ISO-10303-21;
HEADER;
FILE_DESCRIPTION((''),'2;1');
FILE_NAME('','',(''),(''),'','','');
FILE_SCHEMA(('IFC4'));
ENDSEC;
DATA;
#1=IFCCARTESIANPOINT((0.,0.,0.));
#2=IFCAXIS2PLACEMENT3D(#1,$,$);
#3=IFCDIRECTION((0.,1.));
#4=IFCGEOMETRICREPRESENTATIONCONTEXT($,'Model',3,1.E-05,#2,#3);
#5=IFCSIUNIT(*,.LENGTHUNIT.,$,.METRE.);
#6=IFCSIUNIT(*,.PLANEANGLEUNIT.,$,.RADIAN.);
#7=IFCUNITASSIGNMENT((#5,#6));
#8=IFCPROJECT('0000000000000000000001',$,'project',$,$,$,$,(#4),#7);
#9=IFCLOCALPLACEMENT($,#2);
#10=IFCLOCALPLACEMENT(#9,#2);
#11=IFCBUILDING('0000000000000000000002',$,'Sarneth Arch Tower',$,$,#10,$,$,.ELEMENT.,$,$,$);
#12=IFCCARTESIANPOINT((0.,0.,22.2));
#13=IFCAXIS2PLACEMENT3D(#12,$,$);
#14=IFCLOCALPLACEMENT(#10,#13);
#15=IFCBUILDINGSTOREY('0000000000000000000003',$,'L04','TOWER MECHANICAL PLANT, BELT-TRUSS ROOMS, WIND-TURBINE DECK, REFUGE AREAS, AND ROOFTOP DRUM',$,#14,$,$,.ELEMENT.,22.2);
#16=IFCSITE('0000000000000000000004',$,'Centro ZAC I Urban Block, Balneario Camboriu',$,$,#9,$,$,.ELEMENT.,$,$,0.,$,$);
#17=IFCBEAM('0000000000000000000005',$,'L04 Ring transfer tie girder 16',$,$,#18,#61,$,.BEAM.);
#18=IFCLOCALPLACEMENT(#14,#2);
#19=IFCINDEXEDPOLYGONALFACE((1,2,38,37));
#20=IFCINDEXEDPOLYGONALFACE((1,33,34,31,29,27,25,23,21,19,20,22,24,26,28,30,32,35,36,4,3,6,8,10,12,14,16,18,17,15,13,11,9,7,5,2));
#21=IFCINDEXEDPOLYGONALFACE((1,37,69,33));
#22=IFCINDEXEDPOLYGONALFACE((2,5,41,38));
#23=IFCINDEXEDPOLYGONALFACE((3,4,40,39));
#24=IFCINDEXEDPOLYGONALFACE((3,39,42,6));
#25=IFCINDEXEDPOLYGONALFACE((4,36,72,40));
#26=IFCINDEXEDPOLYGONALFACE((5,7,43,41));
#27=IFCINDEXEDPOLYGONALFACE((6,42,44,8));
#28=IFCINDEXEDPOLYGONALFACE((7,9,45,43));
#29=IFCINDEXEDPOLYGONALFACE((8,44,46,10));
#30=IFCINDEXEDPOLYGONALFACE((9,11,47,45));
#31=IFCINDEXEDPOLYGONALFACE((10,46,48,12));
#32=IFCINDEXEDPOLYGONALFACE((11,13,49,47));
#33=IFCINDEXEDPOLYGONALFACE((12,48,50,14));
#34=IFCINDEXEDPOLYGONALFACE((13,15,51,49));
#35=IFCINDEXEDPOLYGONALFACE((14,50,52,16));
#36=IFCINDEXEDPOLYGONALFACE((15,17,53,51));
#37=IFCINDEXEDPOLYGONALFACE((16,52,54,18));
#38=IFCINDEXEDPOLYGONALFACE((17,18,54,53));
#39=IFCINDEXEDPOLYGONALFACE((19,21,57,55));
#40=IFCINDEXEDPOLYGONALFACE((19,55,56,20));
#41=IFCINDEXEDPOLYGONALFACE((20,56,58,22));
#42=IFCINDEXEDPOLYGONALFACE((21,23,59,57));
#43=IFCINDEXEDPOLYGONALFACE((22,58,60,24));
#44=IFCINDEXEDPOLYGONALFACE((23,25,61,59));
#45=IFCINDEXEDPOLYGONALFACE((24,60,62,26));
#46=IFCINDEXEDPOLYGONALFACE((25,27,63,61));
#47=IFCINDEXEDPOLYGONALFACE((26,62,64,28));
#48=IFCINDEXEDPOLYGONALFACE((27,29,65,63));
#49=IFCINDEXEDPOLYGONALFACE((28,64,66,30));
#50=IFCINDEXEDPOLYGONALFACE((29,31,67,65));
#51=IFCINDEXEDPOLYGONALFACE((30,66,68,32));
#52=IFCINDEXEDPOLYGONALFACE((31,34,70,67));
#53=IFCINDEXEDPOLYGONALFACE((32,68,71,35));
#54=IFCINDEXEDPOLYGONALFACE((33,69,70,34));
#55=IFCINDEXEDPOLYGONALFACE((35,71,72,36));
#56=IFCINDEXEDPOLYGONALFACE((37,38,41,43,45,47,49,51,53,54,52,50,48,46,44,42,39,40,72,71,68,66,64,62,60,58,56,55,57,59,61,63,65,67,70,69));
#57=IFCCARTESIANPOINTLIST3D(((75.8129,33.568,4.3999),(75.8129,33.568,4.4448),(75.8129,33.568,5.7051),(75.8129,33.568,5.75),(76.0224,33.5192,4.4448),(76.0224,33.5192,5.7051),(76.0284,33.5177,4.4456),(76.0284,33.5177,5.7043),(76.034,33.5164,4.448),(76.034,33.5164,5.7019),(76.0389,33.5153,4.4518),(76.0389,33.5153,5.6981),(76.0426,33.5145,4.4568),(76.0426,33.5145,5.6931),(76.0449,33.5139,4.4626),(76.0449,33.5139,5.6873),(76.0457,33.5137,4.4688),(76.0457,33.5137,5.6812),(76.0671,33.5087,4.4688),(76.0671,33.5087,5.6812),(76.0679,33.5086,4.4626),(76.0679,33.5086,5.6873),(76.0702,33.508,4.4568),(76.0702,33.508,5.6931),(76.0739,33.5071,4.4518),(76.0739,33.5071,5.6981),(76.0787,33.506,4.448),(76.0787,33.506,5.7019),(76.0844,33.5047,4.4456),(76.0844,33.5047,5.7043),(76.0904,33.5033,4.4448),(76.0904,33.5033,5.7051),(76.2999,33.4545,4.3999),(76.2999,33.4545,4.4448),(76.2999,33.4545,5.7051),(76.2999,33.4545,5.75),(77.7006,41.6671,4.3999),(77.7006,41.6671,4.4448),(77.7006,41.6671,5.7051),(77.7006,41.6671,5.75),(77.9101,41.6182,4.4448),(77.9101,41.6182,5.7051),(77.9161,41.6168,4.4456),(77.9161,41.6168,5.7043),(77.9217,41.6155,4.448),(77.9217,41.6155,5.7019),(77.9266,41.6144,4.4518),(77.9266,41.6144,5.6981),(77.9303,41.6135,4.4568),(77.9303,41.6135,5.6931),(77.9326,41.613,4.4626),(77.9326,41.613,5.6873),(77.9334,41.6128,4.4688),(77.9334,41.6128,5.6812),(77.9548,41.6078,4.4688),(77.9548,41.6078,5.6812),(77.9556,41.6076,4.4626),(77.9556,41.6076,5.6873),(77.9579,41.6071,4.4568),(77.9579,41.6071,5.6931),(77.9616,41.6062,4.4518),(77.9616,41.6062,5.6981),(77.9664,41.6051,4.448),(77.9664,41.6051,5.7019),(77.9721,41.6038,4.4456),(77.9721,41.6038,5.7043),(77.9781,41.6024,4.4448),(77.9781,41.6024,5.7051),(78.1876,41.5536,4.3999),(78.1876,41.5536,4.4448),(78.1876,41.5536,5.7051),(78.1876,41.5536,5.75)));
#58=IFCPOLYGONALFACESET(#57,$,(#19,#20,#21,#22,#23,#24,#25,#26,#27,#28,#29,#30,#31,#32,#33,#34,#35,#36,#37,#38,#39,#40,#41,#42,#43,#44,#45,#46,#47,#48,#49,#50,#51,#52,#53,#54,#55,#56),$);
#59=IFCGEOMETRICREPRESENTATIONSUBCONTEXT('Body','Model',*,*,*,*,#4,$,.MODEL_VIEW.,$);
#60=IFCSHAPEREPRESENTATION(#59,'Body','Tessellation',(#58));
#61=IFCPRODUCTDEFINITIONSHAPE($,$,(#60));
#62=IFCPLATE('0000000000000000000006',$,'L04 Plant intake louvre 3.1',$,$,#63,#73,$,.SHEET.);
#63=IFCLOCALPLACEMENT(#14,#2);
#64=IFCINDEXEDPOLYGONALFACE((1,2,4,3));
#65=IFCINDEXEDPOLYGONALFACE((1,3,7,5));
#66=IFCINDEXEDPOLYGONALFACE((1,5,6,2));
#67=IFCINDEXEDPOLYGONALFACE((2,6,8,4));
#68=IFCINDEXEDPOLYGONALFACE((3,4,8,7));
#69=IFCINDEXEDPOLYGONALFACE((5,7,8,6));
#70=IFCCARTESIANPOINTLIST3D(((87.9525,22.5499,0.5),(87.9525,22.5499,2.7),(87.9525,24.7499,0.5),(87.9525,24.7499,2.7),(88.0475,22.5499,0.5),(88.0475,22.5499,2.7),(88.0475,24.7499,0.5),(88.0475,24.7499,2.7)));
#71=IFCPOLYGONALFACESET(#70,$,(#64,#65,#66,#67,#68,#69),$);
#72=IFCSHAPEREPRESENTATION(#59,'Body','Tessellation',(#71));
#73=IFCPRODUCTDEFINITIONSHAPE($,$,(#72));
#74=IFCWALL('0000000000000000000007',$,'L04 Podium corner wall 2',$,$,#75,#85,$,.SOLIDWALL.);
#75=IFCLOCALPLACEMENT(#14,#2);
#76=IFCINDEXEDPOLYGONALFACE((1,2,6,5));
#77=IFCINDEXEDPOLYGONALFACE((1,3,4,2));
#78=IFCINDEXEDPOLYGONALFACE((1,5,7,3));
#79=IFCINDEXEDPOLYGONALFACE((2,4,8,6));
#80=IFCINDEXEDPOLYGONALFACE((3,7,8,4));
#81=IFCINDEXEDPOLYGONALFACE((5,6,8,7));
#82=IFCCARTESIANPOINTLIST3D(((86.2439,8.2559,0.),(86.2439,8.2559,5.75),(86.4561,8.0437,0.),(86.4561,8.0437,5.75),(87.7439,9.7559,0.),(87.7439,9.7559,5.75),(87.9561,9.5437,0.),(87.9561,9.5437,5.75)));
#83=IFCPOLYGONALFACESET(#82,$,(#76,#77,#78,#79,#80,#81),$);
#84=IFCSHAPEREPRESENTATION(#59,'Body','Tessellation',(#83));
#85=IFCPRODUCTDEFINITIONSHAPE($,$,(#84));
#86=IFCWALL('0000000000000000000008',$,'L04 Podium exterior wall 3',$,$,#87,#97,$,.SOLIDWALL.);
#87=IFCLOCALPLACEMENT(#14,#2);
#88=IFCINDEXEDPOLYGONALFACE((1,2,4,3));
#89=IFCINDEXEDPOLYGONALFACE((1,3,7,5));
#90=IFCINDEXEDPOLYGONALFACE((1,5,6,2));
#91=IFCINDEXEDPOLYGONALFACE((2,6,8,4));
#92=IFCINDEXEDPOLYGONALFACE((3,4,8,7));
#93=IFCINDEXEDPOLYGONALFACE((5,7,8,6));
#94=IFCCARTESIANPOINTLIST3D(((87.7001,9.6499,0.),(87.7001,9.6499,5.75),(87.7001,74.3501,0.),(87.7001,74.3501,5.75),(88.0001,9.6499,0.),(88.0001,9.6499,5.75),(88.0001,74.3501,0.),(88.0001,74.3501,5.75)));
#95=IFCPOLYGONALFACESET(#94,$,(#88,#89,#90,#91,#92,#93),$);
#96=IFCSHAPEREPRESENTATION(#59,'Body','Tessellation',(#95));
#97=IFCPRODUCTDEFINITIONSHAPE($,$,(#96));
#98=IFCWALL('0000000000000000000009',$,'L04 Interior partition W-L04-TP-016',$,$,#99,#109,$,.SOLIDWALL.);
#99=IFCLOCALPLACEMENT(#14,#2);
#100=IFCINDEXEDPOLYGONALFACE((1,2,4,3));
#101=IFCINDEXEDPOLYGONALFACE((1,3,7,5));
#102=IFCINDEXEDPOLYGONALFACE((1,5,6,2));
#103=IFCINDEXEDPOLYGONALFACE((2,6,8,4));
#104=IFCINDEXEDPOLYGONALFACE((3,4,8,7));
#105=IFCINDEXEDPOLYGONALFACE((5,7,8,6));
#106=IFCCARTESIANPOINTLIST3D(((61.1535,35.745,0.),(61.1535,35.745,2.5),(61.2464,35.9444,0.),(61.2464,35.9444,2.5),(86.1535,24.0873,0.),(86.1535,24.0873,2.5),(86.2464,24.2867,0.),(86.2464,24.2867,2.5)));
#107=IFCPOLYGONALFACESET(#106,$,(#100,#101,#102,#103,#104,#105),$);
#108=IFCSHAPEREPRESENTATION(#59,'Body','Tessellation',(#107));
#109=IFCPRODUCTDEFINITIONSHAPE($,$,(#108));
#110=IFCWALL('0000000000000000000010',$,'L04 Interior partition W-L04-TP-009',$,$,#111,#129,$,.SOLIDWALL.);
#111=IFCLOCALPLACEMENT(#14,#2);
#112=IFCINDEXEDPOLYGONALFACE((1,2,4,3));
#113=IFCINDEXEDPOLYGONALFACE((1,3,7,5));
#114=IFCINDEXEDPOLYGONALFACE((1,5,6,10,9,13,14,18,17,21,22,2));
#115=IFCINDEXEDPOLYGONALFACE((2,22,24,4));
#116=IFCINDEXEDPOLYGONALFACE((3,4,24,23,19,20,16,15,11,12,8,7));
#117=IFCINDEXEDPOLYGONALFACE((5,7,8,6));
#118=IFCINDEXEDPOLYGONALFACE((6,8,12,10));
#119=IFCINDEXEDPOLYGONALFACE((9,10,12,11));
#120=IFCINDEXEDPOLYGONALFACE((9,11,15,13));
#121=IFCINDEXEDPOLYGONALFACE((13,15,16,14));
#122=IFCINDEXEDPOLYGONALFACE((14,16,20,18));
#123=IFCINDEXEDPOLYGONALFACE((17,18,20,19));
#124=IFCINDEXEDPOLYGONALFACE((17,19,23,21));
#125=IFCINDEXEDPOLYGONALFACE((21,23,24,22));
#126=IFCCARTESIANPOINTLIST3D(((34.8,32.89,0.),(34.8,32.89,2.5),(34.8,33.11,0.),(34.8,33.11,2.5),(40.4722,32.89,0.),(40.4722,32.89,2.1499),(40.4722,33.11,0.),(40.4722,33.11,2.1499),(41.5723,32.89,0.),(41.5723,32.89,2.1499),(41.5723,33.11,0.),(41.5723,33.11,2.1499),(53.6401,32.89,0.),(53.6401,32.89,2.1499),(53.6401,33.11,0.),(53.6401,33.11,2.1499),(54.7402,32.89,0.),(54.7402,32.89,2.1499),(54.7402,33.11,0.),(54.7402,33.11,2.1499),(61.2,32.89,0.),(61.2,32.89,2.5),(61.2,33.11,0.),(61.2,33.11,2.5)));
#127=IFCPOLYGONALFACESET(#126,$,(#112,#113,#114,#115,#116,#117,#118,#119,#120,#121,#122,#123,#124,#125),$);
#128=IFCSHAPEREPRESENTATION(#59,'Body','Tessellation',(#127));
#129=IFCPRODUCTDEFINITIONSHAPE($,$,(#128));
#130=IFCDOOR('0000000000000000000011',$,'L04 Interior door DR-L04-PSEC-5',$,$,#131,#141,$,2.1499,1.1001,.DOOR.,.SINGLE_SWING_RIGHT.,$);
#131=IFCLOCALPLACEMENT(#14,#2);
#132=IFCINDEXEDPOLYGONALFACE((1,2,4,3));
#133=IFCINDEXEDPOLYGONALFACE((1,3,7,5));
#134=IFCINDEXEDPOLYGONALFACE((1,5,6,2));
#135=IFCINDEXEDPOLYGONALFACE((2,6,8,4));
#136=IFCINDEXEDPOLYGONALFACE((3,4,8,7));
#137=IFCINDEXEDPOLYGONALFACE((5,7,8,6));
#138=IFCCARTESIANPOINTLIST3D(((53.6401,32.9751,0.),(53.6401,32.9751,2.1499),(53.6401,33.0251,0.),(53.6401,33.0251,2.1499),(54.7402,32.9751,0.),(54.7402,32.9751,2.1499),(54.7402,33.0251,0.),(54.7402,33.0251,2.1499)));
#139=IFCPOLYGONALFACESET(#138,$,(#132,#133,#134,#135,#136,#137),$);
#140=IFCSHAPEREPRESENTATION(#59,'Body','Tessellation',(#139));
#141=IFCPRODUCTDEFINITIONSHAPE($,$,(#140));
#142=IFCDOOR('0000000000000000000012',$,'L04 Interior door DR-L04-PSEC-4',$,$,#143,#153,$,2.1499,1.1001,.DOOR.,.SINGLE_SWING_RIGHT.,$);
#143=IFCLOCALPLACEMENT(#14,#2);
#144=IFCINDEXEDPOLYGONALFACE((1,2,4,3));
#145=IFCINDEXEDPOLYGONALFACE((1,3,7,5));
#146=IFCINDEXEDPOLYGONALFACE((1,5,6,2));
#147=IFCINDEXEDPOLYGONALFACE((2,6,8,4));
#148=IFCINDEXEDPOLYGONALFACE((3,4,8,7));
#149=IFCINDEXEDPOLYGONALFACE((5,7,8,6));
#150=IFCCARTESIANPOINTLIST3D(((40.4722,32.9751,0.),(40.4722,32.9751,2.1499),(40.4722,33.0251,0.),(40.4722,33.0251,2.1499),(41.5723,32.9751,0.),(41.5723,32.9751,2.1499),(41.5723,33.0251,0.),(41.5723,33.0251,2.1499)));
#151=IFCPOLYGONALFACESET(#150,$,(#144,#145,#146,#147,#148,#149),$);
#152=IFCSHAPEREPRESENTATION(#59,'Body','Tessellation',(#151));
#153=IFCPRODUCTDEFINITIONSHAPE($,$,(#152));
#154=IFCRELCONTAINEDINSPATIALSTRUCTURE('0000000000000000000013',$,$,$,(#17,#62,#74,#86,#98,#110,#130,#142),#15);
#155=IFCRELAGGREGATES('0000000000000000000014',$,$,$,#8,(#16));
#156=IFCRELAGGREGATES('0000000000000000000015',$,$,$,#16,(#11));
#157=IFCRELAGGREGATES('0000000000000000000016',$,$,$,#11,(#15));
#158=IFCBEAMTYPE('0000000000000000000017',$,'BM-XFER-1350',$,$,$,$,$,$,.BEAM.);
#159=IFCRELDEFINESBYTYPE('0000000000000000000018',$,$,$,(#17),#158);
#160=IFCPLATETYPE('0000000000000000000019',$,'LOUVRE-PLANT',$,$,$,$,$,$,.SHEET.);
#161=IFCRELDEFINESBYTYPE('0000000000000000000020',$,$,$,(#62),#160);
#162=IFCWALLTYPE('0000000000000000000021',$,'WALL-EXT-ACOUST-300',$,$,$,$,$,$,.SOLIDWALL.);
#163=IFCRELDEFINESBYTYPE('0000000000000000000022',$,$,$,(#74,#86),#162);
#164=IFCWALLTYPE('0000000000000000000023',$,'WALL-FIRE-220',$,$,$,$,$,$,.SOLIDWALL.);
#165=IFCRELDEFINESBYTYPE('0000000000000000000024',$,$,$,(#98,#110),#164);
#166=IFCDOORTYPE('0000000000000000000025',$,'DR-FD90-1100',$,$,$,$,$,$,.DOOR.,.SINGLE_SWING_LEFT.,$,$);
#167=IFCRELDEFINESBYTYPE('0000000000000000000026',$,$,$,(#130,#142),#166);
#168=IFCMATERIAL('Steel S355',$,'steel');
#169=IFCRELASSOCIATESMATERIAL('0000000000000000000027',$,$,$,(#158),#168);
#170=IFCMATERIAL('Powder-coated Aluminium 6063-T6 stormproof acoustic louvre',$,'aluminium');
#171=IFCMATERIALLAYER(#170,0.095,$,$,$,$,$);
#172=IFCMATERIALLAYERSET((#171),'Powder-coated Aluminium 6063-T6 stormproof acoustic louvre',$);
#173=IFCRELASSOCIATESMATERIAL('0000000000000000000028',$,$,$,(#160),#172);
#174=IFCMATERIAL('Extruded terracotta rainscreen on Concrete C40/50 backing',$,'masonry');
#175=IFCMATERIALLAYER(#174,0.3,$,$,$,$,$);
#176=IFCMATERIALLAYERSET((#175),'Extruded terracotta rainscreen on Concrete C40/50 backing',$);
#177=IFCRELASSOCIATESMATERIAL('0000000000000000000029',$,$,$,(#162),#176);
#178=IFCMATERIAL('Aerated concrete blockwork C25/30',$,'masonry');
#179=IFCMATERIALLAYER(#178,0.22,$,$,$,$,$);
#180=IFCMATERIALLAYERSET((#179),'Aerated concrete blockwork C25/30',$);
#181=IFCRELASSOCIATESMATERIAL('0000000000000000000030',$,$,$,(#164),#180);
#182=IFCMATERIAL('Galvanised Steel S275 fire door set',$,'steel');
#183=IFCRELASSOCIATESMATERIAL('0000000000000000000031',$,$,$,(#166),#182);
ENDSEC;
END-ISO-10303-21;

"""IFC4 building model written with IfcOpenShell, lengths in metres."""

from ifc_helpers import new_model, si_unit, direction, frame, frame_2d, origin, origin_2d, place, context, subcontext, project, spatial, rectangle, i_section, extrude, material, layer, layer_set, material_profile, profile_set, type_object, element, fill, save


model = new_model("IFC4")

# Units and contexts
model_context = context("Model", 3, precision=1e-05, world=origin(), true_north=direction((0.0, 1.0)))
body_context = subcontext(model_context, "Body", "Model", "MODEL_VIEW")
ifc_project = project(units=[si_unit("LENGTHUNIT", "METRE"), si_unit("PLANEANGLEUNIT", "RADIAN")], contexts=[model_context])

# Site, building, storey
site_placement = place(None, origin())
site = spatial("IfcSite", under=ifc_project, at=site_placement, Name="Centro ZAC I Urban Block, Balneario Camboriu", CompositionType="ELEMENT", RefElevation=0.0)
building_placement = place(site_placement, origin())
building = spatial("IfcBuilding", under=site, at=building_placement, Name="Sarneth Arch Tower", CompositionType="ELEMENT")
storey_placement = place(building_placement, frame((0.0, 0.0, 22.2)))
storey = spatial("IfcBuildingStorey", under=building, at=storey_placement, Name="L04", Description="TOWER MECHANICAL PLANT, BELT-TRUSS ROOMS, WIND-TURBINE DECK, REFUGE AREAS, AND ROOFTOP DRUM", CompositionType="ELEMENT", Elevation=22.2)

# Beam
ifc_material_1 = material(Name="Steel S355", Category="steel")
ifc_material_profile_1 = material_profile(ifc_material_1, i_section(OverallWidth=0.5, OverallDepth=1.3501, WebThickness=0.022, FlangeThickness=0.0449, FilletRadius=0.0239, at=origin_2d()), Name="CVS1350x595")
ifc_profile_set_1 = profile_set([ifc_material_profile_1], Name="Steel S355")
beam_type_1 = type_object("IfcBeamType", Name="BM-XFER-1350", PredefinedType="BEAM", material=ifc_profile_set_1)
beam_1_placement = place(storey_placement, frame((76.0564, 33.5112, 5.075), z_axis=(0.22699, 0.973897, 0.0), x_axis=(-0.973897, 0.22699, 0.0)))
element("IfcBeam", 1, at=beam_1_placement, inside=storey, type_object=beam_type_1, Name="L04 Ring transfer tie girder 16", PredefinedType="BEAM", context=body_context, shape_type="SweptSolid", body=[
    extrude(i_section(OverallWidth=0.5, OverallDepth=1.3501, WebThickness=0.022, FlangeThickness=0.0449, FilletRadius=0.0239, at=origin_2d()), origin(), (0.0, 0.0, 1.0), 8.3162),
])

# Plate
ifc_material_2 = material(Name="Powder-coated Aluminium 6063-T6 stormproof acoustic louvre", Category="aluminium")
ifc_layer_1 = layer(ifc_material_2, 0.095)
ifc_layer_set_1 = layer_set([ifc_layer_1], Name="Powder-coated Aluminium 6063-T6 stormproof acoustic louvre")
plate_type = type_object("IfcPlateType", Name="LOUVRE-PLANT", PredefinedType="SHEET", material=ifc_layer_set_1)
plate_placement = place(storey_placement, frame((88.0, 23.6499, 0.5), z_axis=(0.0, 0.0, 1.0), x_axis=(0.0, 1.0, 0.0)))
element("IfcPlate", 2, at=plate_placement, inside=storey, type_object=plate_type, Name="L04 Plant intake louvre 3.1", PredefinedType="SHEET", context=body_context, shape_type="SweptSolid", body=[
    extrude(rectangle(XDim=2.2, YDim=0.095, at=origin_2d()), origin(), (0.0, 0.0, 1.0), 2.2),
])

# Walls
ifc_material_3 = material(Name="Extruded terracotta rainscreen on Concrete C40/50 backing", Category="masonry")
ifc_layer_2 = layer(ifc_material_3, 0.3)
ifc_layer_set_2 = layer_set([ifc_layer_2], Name="Extruded terracotta rainscreen on Concrete C40/50 backing")
wall_type_1 = type_object("IfcWallType", Name="WALL-EXT-ACOUST-300", PredefinedType="SOLIDWALL", material=ifc_layer_set_2)
wall_1_placement = place(storey_placement, frame((86.3501, 8.1499, 0.0), z_axis=(0.0, 0.0, 1.0), x_axis=(0.707107, 0.707107, 0.0)))
element("IfcWall", 3, at=wall_1_placement, inside=storey, type_object=wall_type_1, Name="L04 Podium corner wall 2", PredefinedType="SOLIDWALL", context=body_context, shape_type="SweptSolid", body=[
    extrude(rectangle(XDim=2.1213, YDim=0.3, at=frame_2d((1.0605, 0.0))), origin(), (0.0, 0.0, 1.0), 5.75),
])
wall_2_placement = place(storey_placement, frame((87.8501, 9.6499, 0.0), z_axis=(0.0, 0.0, 1.0), x_axis=(0.0, 1.0, 0.0)))
element("IfcWall", 4, at=wall_2_placement, inside=storey, type_object=wall_type_1, Name="L04 Podium exterior wall 3", PredefinedType="SOLIDWALL", context=body_context, shape_type="SweptSolid", body=[
    extrude(rectangle(XDim=64.7002, YDim=0.3, at=frame_2d((32.3501, 0.0))), origin(), (0.0, 0.0, 1.0), 5.75),
])
ifc_material_4 = material(Name="Aerated concrete blockwork C25/30", Category="masonry")
ifc_layer_3 = layer(ifc_material_4, 0.22)
ifc_layer_set_3 = layer_set([ifc_layer_3], Name="Aerated concrete blockwork C25/30")
wall_type_2 = type_object("IfcWallType", Name="WALL-FIRE-220", PredefinedType="SOLIDWALL", material=ifc_layer_set_3)
wall_3_placement = place(storey_placement, frame((61.2, 35.8447, 0.0), z_axis=(0.0, 0.0, 1.0), x_axis=(0.906307, -0.422619, 0.0)))
element("IfcWall", 5, at=wall_3_placement, inside=storey, type_object=wall_type_2, Name="L04 Interior partition W-L04-TP-016", PredefinedType="SOLIDWALL", context=body_context, shape_type="SweptSolid", body=[
    extrude(rectangle(XDim=27.5845, YDim=0.22, at=frame_2d((13.7922, 0.0))), origin(), (0.0, 0.0, 1.0), 2.5),
])

# Wall, openings, doors
wall_4_placement = place(storey_placement, frame((61.2, 33.0, 0.0), z_axis=(0.0, 0.0, 1.0), x_axis=(-1.0, 0.0, 0.0)))
wall_4 = element("IfcWall", 6, at=wall_4_placement, inside=storey, type_object=wall_type_2, Name="L04 Interior partition W-L04-TP-009", PredefinedType="SOLIDWALL", context=body_context, shape_type="SweptSolid", body=[
    extrude(rectangle(XDim=26.3999, YDim=0.22, at=frame_2d((13.2, 0.0))), origin(), (0.0, 0.0, 1.0), 2.5),
])
opening_1_placement = place(wall_4_placement, frame((6.4597, 0.0, 0.0)))
opening_1 = element("IfcOpeningElement", 7, at=opening_1_placement, cuts=wall_4, PredefinedType="OPENING", context=body_context, shape_type="SweptSolid", body=[
    extrude(rectangle(XDim=1.1001, YDim=2.1499, at=frame_2d((0.55, 1.075))), frame((0.0, 0.1199, 0.0), z_axis=(0.0, -1.0, 0.0), x_axis=(1.0, 0.0, 0.0)), (0.0, 0.0, 1.0), 0.24),
])
opening_2_placement = place(wall_4_placement, frame((19.6277, 0.0, 0.0)))
opening_2 = element("IfcOpeningElement", 8, at=opening_2_placement, cuts=wall_4, PredefinedType="OPENING", context=body_context, shape_type="SweptSolid", body=[
    extrude(rectangle(XDim=1.1001, YDim=2.1499, at=frame_2d((0.55, 1.075))), frame((0.0, 0.1199, 0.0), z_axis=(0.0, -1.0, 0.0), x_axis=(1.0, 0.0, 0.0)), (0.0, 0.0, 1.0), 0.24),
])
ifc_material_5 = material(Name="Galvanised Steel S275 fire door set", Category="steel")
door_type = type_object("IfcDoorType", Name="DR-FD90-1100", OperationType="SINGLE_SWING_LEFT", PredefinedType="DOOR", material=ifc_material_5)
door_1_placement = place(opening_1_placement, origin())
door_1 = element("IfcDoor", 9, at=door_1_placement, inside=storey, type_object=door_type, Name="L04 Interior door DR-L04-PSEC-5", OperationType="SINGLE_SWING_RIGHT", OverallHeight=2.1499, OverallWidth=1.1001, PredefinedType="DOOR", context=body_context, shape_type="SweptSolid", body=[
    extrude(rectangle(XDim=1.1001, YDim=2.1499, at=frame_2d((0.55, 1.075))), frame((0.0, 0.0249, 0.0), z_axis=(0.0, -1.0, 0.0), x_axis=(1.0, 0.0, 0.0)), (0.0, 0.0, 1.0), 0.05),
])
fill(opening_1, door_1)
door_2_placement = place(opening_2_placement, origin())
door_2 = element("IfcDoor", 10, at=door_2_placement, inside=storey, type_object=door_type, Name="L04 Interior door DR-L04-PSEC-4", OperationType="SINGLE_SWING_RIGHT", OverallHeight=2.1499, OverallWidth=1.1001, PredefinedType="DOOR", context=body_context, shape_type="SweptSolid", body=[
    extrude(rectangle(XDim=1.1001, YDim=2.1499, at=frame_2d((0.55, 1.075))), frame((0.0, 0.0249, 0.0), z_axis=(0.0, -1.0, 0.0), x_axis=(1.0, 0.0, 0.0)), (0.0, 0.0, 1.0), 0.05),
])
fill(opening_2, door_2)

save(model, "model.ifc")
